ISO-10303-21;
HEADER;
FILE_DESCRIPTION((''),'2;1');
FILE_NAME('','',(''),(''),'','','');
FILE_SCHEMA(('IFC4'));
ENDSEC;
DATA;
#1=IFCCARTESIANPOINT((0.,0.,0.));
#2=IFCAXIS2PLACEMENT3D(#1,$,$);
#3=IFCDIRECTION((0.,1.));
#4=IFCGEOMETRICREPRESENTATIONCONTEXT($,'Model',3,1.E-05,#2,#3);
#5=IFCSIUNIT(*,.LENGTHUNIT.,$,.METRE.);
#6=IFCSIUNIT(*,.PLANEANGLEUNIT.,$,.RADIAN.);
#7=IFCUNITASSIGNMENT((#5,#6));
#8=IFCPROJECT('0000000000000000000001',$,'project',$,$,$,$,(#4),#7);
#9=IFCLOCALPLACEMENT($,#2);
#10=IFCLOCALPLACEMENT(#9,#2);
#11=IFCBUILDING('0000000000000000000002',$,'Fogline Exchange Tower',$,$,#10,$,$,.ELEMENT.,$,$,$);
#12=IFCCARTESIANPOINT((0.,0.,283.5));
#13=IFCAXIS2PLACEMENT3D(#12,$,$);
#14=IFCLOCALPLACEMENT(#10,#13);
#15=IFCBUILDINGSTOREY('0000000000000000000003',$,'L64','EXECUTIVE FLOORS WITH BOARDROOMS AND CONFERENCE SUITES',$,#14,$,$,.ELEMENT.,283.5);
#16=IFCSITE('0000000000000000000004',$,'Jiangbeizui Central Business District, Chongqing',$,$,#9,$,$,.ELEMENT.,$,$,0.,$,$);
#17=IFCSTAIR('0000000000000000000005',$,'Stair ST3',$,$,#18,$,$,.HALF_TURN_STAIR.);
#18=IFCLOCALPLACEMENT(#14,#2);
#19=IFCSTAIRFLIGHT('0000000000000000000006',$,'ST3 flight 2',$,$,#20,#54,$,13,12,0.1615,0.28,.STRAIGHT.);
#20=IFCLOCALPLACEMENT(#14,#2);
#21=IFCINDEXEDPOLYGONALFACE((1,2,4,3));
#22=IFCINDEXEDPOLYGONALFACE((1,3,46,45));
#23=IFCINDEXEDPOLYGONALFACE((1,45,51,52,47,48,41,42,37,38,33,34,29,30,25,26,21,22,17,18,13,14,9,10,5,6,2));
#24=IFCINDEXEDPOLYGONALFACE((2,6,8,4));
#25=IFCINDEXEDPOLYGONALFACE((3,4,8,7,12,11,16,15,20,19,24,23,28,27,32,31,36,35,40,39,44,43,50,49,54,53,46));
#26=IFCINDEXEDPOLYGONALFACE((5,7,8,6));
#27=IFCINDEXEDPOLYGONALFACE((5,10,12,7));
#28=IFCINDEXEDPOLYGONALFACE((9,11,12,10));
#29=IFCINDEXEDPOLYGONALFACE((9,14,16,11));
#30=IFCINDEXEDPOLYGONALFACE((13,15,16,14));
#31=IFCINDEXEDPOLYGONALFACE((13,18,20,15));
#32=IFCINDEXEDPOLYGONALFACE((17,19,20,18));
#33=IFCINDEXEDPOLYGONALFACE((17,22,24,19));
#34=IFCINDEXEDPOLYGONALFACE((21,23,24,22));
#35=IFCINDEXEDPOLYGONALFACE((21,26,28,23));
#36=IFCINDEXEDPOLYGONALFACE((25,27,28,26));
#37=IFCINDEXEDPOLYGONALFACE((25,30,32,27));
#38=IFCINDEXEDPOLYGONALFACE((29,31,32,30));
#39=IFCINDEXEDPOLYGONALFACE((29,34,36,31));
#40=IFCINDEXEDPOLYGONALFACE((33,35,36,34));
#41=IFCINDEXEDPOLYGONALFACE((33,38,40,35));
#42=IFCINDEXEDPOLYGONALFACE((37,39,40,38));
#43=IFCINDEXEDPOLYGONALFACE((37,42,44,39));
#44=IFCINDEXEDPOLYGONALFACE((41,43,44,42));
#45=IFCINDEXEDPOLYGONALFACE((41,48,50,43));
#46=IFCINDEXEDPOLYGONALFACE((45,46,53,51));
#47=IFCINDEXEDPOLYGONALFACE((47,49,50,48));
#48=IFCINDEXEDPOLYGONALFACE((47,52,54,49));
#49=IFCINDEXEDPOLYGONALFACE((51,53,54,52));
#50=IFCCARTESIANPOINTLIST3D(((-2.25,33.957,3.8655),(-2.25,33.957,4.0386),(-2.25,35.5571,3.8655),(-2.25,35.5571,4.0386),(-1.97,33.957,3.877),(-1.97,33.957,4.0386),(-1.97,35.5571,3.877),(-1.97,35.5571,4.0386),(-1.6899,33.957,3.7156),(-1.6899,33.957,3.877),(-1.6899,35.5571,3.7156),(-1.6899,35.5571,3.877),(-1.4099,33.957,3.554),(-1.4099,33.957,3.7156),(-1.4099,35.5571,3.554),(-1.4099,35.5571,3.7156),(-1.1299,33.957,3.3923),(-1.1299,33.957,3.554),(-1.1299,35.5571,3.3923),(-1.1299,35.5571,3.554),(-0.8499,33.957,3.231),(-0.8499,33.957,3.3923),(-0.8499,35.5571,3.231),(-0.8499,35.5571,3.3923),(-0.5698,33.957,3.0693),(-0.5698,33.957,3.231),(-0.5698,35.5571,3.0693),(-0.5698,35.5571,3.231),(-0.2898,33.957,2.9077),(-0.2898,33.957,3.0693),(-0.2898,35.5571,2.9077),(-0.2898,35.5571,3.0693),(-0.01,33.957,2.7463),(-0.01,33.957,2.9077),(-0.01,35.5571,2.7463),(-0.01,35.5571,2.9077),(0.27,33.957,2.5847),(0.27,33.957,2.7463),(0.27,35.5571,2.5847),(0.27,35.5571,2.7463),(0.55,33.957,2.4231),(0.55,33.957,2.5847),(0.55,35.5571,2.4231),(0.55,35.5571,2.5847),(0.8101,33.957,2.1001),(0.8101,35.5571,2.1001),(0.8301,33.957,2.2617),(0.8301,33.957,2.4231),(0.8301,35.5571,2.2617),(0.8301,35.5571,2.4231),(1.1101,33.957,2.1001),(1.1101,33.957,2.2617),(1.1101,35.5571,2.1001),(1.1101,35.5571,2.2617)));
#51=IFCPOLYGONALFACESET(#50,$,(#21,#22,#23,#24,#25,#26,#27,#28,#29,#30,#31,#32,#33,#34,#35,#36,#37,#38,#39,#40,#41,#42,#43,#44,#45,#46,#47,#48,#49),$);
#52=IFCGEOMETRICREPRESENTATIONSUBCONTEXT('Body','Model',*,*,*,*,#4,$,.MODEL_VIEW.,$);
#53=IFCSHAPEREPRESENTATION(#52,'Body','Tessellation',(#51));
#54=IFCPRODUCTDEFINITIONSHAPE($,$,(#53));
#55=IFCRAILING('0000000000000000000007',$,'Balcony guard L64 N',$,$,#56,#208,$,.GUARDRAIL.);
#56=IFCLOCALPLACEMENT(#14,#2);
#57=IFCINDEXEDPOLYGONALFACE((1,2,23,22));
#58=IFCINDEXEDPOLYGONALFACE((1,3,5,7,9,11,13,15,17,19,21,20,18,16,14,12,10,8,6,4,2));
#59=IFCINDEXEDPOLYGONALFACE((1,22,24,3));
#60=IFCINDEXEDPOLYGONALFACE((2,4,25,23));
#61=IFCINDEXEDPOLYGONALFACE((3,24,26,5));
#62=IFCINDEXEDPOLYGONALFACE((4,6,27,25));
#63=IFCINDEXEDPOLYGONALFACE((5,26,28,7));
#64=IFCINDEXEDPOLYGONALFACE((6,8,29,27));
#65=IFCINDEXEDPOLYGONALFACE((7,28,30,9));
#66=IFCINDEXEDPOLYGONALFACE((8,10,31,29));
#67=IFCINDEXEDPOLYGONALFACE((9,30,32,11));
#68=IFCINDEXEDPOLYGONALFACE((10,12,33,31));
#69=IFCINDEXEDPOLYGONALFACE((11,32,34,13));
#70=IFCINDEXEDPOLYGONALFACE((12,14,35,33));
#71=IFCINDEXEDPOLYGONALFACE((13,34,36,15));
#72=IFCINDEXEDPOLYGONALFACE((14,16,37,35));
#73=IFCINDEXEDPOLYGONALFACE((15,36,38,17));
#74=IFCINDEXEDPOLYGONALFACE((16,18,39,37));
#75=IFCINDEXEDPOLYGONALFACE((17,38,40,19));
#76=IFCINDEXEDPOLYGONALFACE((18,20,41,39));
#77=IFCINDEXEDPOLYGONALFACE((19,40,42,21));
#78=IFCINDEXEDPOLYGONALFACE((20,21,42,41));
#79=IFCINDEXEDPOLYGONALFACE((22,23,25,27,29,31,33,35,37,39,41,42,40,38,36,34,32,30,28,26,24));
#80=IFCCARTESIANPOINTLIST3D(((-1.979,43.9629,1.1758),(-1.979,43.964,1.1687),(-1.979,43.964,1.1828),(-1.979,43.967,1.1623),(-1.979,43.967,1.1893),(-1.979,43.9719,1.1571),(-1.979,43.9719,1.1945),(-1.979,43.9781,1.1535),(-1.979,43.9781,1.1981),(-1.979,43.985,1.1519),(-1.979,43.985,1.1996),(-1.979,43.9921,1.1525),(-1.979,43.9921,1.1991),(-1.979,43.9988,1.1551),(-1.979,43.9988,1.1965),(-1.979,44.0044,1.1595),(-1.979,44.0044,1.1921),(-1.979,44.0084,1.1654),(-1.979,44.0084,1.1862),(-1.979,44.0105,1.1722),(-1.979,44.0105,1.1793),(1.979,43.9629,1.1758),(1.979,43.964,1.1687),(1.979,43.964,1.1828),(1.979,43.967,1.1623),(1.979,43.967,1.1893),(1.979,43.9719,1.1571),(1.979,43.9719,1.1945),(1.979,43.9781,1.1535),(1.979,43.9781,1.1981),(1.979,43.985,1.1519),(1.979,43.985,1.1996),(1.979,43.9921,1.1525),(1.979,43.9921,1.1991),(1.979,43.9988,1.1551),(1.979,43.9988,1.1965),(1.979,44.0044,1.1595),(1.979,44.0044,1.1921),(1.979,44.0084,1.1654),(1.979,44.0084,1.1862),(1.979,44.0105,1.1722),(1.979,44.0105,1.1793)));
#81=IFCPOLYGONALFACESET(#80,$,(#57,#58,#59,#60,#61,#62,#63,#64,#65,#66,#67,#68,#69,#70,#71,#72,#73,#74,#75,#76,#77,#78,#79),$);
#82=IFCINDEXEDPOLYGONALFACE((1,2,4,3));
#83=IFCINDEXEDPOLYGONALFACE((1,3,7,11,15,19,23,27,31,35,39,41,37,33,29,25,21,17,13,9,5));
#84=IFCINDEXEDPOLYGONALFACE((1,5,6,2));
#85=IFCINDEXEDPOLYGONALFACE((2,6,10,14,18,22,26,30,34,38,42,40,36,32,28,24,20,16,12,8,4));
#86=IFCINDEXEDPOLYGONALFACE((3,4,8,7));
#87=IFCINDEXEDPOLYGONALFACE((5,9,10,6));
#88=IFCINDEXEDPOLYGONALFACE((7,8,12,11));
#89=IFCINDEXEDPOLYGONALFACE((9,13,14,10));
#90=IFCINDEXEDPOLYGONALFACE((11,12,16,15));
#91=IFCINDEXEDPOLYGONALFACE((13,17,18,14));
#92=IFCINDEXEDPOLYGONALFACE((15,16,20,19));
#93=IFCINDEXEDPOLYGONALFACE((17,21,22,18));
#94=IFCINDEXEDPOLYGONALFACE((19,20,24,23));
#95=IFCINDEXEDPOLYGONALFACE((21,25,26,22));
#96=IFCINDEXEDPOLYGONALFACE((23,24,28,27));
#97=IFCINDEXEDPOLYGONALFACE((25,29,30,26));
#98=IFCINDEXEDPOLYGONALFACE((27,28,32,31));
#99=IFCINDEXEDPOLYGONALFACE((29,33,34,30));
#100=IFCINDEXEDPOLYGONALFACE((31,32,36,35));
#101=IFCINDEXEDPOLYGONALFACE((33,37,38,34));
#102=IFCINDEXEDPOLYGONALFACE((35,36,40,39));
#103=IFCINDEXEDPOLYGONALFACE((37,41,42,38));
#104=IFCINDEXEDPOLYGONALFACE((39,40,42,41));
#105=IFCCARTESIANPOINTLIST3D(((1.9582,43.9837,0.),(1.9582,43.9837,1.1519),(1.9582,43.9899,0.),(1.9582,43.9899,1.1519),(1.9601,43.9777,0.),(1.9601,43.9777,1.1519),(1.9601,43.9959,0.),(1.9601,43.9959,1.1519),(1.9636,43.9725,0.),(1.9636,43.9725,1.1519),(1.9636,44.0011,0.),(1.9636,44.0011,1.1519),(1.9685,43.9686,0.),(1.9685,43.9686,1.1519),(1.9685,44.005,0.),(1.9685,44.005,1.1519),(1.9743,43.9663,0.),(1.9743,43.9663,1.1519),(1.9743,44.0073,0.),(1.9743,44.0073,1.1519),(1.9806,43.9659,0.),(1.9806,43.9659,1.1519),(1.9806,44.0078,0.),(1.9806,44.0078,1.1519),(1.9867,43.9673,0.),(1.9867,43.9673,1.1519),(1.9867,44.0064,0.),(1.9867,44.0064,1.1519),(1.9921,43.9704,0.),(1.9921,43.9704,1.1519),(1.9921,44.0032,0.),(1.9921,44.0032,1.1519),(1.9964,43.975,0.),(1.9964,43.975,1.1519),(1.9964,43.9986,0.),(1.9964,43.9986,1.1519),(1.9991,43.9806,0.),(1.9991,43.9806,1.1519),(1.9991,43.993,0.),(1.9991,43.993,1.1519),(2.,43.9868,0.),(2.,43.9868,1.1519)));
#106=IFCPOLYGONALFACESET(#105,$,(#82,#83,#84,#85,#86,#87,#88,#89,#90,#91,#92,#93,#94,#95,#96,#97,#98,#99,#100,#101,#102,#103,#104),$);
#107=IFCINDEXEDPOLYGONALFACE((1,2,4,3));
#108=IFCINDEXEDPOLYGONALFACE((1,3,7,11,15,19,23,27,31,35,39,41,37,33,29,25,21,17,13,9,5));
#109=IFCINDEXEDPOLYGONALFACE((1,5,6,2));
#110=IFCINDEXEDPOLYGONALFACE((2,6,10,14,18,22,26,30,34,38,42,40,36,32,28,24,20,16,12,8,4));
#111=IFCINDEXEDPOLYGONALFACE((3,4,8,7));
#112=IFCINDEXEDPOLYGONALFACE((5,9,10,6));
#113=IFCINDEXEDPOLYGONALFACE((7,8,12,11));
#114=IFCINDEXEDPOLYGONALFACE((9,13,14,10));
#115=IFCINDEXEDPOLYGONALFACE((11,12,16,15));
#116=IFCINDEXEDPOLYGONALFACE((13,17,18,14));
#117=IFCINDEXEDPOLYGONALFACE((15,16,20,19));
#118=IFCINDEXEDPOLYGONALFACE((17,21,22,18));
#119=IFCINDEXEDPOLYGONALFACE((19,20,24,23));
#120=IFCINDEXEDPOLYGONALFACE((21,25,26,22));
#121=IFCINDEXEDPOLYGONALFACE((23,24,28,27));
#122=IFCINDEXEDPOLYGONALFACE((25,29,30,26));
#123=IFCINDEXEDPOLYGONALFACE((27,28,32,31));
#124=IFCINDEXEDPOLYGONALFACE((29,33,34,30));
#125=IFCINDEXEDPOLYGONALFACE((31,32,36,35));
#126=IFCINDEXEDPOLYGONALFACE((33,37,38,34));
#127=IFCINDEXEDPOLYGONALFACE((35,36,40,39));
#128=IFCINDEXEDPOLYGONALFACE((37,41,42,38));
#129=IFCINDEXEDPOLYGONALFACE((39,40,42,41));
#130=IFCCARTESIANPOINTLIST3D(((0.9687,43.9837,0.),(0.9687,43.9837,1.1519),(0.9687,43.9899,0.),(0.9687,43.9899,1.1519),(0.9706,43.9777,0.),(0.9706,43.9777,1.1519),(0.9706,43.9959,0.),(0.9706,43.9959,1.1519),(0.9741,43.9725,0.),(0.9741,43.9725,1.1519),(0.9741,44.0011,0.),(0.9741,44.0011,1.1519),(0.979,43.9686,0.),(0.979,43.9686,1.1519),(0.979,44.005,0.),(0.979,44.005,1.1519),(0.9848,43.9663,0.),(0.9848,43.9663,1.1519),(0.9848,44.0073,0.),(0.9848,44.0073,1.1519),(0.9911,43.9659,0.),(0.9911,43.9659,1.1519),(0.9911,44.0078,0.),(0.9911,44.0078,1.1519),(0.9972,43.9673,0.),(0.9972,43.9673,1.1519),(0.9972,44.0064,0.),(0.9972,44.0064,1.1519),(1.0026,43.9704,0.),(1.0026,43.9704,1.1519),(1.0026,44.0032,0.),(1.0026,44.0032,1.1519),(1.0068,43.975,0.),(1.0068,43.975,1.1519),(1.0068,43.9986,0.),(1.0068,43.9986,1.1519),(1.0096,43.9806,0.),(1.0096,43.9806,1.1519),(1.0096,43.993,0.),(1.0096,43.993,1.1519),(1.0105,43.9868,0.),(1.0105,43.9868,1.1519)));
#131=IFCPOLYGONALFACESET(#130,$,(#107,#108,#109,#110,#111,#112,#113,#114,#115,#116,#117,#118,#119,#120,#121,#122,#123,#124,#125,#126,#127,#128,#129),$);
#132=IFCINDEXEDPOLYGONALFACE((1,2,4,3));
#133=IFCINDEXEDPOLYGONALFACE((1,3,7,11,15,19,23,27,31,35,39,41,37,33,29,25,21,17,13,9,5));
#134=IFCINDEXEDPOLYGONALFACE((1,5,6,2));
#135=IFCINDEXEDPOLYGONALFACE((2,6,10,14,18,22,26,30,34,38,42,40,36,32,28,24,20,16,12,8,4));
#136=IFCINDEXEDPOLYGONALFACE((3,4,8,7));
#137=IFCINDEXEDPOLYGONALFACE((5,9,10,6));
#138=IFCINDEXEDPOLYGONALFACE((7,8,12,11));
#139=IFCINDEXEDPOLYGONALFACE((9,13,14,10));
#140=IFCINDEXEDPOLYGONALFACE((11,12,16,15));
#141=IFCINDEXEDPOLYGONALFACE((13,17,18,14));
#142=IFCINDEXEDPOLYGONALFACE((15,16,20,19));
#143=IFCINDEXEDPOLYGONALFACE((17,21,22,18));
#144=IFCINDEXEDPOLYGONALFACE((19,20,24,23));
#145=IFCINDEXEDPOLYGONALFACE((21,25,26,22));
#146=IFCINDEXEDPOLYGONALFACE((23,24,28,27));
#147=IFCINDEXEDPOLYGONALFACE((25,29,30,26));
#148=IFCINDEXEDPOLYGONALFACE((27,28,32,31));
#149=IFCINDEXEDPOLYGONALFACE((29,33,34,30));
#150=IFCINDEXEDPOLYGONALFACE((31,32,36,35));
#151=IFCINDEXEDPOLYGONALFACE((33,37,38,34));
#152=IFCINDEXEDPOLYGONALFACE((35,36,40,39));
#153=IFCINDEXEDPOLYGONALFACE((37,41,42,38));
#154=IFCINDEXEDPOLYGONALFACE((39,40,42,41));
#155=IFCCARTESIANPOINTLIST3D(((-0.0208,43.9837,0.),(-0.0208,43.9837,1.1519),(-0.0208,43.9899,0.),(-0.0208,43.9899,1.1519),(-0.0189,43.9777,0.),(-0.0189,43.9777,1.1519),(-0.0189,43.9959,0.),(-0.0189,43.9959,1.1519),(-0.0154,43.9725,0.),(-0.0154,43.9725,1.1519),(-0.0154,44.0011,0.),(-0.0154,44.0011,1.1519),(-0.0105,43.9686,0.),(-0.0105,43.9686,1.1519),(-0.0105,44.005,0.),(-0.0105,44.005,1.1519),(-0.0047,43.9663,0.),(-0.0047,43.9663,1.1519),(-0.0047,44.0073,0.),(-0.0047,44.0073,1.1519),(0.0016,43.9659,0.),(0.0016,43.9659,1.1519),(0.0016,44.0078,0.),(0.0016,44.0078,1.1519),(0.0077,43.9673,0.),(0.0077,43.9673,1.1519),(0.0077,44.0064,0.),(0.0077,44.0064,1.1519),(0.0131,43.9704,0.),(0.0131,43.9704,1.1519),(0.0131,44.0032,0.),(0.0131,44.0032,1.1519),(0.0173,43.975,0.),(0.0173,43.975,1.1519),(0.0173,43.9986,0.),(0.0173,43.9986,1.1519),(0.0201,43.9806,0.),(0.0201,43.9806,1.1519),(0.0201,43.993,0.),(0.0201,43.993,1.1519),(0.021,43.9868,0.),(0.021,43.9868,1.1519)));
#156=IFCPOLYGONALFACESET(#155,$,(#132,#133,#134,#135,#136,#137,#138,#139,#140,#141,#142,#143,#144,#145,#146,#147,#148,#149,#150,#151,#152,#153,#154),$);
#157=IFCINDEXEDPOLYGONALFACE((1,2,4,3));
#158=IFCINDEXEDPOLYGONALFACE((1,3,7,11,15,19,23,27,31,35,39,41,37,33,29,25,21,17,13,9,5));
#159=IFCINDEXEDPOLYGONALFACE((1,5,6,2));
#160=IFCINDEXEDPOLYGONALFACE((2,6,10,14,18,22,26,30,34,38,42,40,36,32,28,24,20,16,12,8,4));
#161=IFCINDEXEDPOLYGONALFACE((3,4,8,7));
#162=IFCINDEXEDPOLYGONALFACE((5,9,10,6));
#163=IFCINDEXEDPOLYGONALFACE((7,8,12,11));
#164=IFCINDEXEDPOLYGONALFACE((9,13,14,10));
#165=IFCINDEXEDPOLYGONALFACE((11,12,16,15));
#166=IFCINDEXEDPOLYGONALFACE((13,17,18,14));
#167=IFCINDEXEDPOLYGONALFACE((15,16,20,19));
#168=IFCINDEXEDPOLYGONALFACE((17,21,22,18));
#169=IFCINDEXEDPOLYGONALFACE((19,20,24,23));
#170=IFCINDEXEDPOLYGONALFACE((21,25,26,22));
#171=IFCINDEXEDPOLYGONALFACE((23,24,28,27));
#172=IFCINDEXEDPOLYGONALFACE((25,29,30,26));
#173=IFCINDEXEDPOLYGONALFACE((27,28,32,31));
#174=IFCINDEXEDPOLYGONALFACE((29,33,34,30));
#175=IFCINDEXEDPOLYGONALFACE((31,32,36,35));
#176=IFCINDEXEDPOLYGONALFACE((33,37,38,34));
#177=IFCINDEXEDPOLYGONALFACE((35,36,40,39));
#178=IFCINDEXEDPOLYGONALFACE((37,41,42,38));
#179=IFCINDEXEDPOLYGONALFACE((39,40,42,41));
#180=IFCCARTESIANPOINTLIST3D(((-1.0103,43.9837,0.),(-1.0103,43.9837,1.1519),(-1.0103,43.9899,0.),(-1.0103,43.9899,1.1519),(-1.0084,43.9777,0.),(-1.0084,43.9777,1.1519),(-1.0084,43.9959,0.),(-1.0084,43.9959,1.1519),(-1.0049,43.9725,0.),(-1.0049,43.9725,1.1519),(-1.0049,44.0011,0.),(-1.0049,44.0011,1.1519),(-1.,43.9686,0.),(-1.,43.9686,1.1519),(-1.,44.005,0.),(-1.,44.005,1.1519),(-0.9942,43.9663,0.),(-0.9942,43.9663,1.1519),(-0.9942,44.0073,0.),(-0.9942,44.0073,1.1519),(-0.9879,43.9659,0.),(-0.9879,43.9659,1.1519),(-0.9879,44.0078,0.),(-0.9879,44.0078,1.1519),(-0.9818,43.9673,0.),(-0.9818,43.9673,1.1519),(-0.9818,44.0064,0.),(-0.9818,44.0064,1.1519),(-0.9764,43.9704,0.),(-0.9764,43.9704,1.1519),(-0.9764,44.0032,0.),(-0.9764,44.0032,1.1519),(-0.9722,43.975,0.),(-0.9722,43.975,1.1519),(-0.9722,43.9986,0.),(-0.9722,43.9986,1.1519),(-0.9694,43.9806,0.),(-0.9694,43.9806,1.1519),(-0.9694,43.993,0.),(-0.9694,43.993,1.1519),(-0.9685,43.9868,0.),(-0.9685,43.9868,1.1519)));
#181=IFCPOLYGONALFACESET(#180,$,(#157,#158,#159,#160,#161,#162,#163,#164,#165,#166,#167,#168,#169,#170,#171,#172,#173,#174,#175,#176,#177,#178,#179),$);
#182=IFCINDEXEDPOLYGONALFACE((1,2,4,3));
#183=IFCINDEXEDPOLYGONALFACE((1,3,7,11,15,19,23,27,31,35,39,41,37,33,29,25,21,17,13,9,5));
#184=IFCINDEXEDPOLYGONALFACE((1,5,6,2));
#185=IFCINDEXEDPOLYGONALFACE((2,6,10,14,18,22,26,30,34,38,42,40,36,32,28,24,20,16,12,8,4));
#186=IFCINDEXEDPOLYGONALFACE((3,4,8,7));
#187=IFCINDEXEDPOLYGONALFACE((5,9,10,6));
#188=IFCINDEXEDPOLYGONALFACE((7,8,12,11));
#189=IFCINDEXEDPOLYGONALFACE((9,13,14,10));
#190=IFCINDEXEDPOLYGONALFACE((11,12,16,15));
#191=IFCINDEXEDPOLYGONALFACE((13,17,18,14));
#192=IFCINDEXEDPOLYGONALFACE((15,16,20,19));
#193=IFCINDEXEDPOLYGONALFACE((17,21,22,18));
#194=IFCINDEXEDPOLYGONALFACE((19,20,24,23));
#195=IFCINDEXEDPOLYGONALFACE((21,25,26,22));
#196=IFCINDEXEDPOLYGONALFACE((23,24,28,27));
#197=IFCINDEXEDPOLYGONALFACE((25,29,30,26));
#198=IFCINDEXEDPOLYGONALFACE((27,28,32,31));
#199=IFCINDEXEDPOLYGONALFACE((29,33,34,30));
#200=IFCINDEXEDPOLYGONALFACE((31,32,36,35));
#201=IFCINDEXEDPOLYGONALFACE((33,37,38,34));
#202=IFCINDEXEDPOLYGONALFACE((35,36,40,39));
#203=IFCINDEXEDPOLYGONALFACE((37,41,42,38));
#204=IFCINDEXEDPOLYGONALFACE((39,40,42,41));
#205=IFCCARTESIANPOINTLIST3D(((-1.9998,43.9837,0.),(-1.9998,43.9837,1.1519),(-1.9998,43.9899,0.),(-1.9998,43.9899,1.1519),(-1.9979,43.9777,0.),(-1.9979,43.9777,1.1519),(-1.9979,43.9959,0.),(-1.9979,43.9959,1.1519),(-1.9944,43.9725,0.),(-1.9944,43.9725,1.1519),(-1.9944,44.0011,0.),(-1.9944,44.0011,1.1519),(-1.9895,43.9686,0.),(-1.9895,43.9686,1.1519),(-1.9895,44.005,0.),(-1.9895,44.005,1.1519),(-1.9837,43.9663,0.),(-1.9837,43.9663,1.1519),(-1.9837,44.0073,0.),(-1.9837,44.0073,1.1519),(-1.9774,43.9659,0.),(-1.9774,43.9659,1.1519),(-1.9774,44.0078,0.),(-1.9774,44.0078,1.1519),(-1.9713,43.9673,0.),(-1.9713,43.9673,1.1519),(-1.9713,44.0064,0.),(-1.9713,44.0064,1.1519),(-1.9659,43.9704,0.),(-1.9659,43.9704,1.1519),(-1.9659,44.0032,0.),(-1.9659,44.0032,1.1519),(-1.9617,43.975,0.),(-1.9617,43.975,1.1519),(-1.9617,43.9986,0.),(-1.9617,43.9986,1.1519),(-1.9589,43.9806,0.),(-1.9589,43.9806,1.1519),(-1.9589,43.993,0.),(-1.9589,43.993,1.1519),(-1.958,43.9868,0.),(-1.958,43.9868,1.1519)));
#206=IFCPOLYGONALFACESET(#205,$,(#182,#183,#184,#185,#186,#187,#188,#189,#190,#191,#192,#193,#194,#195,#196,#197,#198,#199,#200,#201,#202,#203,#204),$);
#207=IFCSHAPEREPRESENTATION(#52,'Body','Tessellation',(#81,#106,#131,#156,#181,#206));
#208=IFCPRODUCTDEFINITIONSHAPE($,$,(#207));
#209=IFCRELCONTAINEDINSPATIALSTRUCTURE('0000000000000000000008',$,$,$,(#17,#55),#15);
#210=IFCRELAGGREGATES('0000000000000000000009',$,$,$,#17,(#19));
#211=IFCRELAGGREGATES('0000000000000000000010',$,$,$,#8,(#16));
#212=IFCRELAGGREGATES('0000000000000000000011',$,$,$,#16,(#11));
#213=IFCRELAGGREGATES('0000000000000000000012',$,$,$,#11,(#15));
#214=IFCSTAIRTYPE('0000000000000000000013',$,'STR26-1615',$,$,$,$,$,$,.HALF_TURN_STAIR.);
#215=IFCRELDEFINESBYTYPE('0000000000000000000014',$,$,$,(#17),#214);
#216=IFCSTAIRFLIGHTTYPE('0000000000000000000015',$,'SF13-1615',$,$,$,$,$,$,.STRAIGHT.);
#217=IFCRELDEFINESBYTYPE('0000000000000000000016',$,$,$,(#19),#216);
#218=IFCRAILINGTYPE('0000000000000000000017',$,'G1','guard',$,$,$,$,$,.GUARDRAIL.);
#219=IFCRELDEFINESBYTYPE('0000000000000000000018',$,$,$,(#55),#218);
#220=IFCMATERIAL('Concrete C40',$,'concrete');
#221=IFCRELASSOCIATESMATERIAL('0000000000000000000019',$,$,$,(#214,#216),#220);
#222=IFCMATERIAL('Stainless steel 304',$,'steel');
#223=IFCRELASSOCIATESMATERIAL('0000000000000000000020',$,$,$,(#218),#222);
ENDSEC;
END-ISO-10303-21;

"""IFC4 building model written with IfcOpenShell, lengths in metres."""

from ifc_helpers import new_model, si_unit, direction, frame, origin, origin_2d, place, context, subcontext, project, spatial, polyline, circle, outline, extrude, material, type_object, element, aggregate, save


model = new_model("IFC4")

# Units and contexts
model_context = context("Model", 3, precision=1e-05, world=origin(), true_north=direction((0.0, 1.0)))
body_context = subcontext(model_context, "Body", "Model", "MODEL_VIEW")
ifc_project = project(units=[si_unit("LENGTHUNIT", "METRE"), si_unit("PLANEANGLEUNIT", "RADIAN")], contexts=[model_context])

# Site, building, storey
site_placement = place(None, origin())
site = spatial("IfcSite", under=ifc_project, at=site_placement, Name="Jiangbeizui Central Business District, Chongqing", CompositionType="ELEMENT", RefElevation=0.0)
building_placement = place(site_placement, origin())
building = spatial("IfcBuilding", under=site, at=building_placement, Name="Fogline Exchange Tower", CompositionType="ELEMENT")
storey_placement = place(building_placement, frame((0.0, 0.0, 283.5)))
storey = spatial("IfcBuildingStorey", under=building, at=storey_placement, Name="L64", Description="EXECUTIVE FLOORS WITH BOARDROOMS AND CONFERENCE SUITES", CompositionType="ELEMENT", Elevation=283.5)

# Shared definitions
ifc_material_1 = material(Name="Concrete C40", Category="concrete")

# Stair, stair flight
stair_type = type_object("IfcStairType", Name="STR26-1615", PredefinedType="HALF_TURN_STAIR", material=ifc_material_1)
stair_placement = place(storey_placement, origin())
stair = element("IfcStair", 1, at=stair_placement, inside=storey, type_object=stair_type, Name="Stair ST3", PredefinedType="HALF_TURN_STAIR")
stair_flight_type = type_object("IfcStairFlightType", Name="SF13-1615", PredefinedType="STRAIGHT", material=ifc_material_1)
stair_flight_placement = place(storey_placement, frame((1.1101, 34.7571, 2.1001), z_axis=(0.0, 0.0, 1.0), x_axis=(-1.0, 0.0, 0.0)))
stair_flight = element("IfcStairFlight", 2, at=stair_flight_placement, type_object=stair_flight_type, Name="ST3 flight 2", NumberOfRisers=13, NumberOfTreads=12, PredefinedType="STRAIGHT", RiserHeight=0.1615, TreadLength=0.28, context=body_context, shape_type="SweptSolid", body=[
    extrude(outline(polyline([(0.0, 0.0), (0.0, 0.1616), (0.28, 0.1616), (0.28, 0.323), (0.5601, 0.323), (0.5601, 0.4846), (0.8401, 0.4846), (0.8401, 0.6462), (1.1201, 0.6462), (1.1201, 0.8076), (1.3999, 0.8076), (1.3999, 0.9692), (1.6799, 0.9692), (1.6799, 1.1309), (1.96, 1.1309), (1.96, 1.2922), (2.24, 1.2922), (2.24, 1.4539), (2.52, 1.4539), (2.52, 1.6155), (2.8, 1.6155), (2.8, 1.7769), (3.0801, 1.7769), (3.0801, 1.9385), (3.3601, 1.9385), (3.3601, 2.1001), (3.3601, 1.7654), (0.3, 0.0), (0.0, 0.0)])), frame((0.0, 0.8, 0.0), z_axis=(0.0, -1.0, 0.0), x_axis=(1.0, 0.0, 0.0)), (0.0, 0.0, 1.0), 1.6001),
])
aggregate(stair, [stair_flight])

# Railing
ifc_material_2 = material(Name="Stainless steel 304", Category="steel")
railing_type = type_object("IfcRailingType", Name="G1", Description="guard", PredefinedType="GUARDRAIL", material=ifc_material_2)
railing_placement = place(storey_placement, frame((1.979, 43.9868, 0.0)))
element("IfcRailing", 3, at=railing_placement, inside=storey, type_object=railing_type, Name="Balcony guard L64 N", PredefinedType="GUARDRAIL", context=body_context, shape_type="SweptSolid", body=[
    extrude(circle(Radius=0.0239, at=origin_2d()), frame((0.0, 0.0, 1.1758), z_axis=(-1.0, 0.0, 0.0), x_axis=(0.0, -1.0, 0.0)), (0.0, 0.0, 1.0), 3.958),
    extrude(circle(Radius=0.021, at=origin_2d()), origin(), (0.0, 0.0, 1.0), 1.1519),
    extrude(circle(Radius=0.021, at=origin_2d()), frame((-0.9895, 0.0, 0.0)), (0.0, 0.0, 1.0), 1.1519),
    extrude(circle(Radius=0.021, at=origin_2d()), frame((-1.979, 0.0, 0.0)), (0.0, 0.0, 1.0), 1.1519),
    extrude(circle(Radius=0.021, at=origin_2d()), frame((-2.9685, 0.0, 0.0)), (0.0, 0.0, 1.0), 1.1519),
    extrude(circle(Radius=0.021, at=origin_2d()), frame((-3.958, 0.0, 0.0)), (0.0, 0.0, 1.0), 1.1519),
])

save(model, "model.ifc")
